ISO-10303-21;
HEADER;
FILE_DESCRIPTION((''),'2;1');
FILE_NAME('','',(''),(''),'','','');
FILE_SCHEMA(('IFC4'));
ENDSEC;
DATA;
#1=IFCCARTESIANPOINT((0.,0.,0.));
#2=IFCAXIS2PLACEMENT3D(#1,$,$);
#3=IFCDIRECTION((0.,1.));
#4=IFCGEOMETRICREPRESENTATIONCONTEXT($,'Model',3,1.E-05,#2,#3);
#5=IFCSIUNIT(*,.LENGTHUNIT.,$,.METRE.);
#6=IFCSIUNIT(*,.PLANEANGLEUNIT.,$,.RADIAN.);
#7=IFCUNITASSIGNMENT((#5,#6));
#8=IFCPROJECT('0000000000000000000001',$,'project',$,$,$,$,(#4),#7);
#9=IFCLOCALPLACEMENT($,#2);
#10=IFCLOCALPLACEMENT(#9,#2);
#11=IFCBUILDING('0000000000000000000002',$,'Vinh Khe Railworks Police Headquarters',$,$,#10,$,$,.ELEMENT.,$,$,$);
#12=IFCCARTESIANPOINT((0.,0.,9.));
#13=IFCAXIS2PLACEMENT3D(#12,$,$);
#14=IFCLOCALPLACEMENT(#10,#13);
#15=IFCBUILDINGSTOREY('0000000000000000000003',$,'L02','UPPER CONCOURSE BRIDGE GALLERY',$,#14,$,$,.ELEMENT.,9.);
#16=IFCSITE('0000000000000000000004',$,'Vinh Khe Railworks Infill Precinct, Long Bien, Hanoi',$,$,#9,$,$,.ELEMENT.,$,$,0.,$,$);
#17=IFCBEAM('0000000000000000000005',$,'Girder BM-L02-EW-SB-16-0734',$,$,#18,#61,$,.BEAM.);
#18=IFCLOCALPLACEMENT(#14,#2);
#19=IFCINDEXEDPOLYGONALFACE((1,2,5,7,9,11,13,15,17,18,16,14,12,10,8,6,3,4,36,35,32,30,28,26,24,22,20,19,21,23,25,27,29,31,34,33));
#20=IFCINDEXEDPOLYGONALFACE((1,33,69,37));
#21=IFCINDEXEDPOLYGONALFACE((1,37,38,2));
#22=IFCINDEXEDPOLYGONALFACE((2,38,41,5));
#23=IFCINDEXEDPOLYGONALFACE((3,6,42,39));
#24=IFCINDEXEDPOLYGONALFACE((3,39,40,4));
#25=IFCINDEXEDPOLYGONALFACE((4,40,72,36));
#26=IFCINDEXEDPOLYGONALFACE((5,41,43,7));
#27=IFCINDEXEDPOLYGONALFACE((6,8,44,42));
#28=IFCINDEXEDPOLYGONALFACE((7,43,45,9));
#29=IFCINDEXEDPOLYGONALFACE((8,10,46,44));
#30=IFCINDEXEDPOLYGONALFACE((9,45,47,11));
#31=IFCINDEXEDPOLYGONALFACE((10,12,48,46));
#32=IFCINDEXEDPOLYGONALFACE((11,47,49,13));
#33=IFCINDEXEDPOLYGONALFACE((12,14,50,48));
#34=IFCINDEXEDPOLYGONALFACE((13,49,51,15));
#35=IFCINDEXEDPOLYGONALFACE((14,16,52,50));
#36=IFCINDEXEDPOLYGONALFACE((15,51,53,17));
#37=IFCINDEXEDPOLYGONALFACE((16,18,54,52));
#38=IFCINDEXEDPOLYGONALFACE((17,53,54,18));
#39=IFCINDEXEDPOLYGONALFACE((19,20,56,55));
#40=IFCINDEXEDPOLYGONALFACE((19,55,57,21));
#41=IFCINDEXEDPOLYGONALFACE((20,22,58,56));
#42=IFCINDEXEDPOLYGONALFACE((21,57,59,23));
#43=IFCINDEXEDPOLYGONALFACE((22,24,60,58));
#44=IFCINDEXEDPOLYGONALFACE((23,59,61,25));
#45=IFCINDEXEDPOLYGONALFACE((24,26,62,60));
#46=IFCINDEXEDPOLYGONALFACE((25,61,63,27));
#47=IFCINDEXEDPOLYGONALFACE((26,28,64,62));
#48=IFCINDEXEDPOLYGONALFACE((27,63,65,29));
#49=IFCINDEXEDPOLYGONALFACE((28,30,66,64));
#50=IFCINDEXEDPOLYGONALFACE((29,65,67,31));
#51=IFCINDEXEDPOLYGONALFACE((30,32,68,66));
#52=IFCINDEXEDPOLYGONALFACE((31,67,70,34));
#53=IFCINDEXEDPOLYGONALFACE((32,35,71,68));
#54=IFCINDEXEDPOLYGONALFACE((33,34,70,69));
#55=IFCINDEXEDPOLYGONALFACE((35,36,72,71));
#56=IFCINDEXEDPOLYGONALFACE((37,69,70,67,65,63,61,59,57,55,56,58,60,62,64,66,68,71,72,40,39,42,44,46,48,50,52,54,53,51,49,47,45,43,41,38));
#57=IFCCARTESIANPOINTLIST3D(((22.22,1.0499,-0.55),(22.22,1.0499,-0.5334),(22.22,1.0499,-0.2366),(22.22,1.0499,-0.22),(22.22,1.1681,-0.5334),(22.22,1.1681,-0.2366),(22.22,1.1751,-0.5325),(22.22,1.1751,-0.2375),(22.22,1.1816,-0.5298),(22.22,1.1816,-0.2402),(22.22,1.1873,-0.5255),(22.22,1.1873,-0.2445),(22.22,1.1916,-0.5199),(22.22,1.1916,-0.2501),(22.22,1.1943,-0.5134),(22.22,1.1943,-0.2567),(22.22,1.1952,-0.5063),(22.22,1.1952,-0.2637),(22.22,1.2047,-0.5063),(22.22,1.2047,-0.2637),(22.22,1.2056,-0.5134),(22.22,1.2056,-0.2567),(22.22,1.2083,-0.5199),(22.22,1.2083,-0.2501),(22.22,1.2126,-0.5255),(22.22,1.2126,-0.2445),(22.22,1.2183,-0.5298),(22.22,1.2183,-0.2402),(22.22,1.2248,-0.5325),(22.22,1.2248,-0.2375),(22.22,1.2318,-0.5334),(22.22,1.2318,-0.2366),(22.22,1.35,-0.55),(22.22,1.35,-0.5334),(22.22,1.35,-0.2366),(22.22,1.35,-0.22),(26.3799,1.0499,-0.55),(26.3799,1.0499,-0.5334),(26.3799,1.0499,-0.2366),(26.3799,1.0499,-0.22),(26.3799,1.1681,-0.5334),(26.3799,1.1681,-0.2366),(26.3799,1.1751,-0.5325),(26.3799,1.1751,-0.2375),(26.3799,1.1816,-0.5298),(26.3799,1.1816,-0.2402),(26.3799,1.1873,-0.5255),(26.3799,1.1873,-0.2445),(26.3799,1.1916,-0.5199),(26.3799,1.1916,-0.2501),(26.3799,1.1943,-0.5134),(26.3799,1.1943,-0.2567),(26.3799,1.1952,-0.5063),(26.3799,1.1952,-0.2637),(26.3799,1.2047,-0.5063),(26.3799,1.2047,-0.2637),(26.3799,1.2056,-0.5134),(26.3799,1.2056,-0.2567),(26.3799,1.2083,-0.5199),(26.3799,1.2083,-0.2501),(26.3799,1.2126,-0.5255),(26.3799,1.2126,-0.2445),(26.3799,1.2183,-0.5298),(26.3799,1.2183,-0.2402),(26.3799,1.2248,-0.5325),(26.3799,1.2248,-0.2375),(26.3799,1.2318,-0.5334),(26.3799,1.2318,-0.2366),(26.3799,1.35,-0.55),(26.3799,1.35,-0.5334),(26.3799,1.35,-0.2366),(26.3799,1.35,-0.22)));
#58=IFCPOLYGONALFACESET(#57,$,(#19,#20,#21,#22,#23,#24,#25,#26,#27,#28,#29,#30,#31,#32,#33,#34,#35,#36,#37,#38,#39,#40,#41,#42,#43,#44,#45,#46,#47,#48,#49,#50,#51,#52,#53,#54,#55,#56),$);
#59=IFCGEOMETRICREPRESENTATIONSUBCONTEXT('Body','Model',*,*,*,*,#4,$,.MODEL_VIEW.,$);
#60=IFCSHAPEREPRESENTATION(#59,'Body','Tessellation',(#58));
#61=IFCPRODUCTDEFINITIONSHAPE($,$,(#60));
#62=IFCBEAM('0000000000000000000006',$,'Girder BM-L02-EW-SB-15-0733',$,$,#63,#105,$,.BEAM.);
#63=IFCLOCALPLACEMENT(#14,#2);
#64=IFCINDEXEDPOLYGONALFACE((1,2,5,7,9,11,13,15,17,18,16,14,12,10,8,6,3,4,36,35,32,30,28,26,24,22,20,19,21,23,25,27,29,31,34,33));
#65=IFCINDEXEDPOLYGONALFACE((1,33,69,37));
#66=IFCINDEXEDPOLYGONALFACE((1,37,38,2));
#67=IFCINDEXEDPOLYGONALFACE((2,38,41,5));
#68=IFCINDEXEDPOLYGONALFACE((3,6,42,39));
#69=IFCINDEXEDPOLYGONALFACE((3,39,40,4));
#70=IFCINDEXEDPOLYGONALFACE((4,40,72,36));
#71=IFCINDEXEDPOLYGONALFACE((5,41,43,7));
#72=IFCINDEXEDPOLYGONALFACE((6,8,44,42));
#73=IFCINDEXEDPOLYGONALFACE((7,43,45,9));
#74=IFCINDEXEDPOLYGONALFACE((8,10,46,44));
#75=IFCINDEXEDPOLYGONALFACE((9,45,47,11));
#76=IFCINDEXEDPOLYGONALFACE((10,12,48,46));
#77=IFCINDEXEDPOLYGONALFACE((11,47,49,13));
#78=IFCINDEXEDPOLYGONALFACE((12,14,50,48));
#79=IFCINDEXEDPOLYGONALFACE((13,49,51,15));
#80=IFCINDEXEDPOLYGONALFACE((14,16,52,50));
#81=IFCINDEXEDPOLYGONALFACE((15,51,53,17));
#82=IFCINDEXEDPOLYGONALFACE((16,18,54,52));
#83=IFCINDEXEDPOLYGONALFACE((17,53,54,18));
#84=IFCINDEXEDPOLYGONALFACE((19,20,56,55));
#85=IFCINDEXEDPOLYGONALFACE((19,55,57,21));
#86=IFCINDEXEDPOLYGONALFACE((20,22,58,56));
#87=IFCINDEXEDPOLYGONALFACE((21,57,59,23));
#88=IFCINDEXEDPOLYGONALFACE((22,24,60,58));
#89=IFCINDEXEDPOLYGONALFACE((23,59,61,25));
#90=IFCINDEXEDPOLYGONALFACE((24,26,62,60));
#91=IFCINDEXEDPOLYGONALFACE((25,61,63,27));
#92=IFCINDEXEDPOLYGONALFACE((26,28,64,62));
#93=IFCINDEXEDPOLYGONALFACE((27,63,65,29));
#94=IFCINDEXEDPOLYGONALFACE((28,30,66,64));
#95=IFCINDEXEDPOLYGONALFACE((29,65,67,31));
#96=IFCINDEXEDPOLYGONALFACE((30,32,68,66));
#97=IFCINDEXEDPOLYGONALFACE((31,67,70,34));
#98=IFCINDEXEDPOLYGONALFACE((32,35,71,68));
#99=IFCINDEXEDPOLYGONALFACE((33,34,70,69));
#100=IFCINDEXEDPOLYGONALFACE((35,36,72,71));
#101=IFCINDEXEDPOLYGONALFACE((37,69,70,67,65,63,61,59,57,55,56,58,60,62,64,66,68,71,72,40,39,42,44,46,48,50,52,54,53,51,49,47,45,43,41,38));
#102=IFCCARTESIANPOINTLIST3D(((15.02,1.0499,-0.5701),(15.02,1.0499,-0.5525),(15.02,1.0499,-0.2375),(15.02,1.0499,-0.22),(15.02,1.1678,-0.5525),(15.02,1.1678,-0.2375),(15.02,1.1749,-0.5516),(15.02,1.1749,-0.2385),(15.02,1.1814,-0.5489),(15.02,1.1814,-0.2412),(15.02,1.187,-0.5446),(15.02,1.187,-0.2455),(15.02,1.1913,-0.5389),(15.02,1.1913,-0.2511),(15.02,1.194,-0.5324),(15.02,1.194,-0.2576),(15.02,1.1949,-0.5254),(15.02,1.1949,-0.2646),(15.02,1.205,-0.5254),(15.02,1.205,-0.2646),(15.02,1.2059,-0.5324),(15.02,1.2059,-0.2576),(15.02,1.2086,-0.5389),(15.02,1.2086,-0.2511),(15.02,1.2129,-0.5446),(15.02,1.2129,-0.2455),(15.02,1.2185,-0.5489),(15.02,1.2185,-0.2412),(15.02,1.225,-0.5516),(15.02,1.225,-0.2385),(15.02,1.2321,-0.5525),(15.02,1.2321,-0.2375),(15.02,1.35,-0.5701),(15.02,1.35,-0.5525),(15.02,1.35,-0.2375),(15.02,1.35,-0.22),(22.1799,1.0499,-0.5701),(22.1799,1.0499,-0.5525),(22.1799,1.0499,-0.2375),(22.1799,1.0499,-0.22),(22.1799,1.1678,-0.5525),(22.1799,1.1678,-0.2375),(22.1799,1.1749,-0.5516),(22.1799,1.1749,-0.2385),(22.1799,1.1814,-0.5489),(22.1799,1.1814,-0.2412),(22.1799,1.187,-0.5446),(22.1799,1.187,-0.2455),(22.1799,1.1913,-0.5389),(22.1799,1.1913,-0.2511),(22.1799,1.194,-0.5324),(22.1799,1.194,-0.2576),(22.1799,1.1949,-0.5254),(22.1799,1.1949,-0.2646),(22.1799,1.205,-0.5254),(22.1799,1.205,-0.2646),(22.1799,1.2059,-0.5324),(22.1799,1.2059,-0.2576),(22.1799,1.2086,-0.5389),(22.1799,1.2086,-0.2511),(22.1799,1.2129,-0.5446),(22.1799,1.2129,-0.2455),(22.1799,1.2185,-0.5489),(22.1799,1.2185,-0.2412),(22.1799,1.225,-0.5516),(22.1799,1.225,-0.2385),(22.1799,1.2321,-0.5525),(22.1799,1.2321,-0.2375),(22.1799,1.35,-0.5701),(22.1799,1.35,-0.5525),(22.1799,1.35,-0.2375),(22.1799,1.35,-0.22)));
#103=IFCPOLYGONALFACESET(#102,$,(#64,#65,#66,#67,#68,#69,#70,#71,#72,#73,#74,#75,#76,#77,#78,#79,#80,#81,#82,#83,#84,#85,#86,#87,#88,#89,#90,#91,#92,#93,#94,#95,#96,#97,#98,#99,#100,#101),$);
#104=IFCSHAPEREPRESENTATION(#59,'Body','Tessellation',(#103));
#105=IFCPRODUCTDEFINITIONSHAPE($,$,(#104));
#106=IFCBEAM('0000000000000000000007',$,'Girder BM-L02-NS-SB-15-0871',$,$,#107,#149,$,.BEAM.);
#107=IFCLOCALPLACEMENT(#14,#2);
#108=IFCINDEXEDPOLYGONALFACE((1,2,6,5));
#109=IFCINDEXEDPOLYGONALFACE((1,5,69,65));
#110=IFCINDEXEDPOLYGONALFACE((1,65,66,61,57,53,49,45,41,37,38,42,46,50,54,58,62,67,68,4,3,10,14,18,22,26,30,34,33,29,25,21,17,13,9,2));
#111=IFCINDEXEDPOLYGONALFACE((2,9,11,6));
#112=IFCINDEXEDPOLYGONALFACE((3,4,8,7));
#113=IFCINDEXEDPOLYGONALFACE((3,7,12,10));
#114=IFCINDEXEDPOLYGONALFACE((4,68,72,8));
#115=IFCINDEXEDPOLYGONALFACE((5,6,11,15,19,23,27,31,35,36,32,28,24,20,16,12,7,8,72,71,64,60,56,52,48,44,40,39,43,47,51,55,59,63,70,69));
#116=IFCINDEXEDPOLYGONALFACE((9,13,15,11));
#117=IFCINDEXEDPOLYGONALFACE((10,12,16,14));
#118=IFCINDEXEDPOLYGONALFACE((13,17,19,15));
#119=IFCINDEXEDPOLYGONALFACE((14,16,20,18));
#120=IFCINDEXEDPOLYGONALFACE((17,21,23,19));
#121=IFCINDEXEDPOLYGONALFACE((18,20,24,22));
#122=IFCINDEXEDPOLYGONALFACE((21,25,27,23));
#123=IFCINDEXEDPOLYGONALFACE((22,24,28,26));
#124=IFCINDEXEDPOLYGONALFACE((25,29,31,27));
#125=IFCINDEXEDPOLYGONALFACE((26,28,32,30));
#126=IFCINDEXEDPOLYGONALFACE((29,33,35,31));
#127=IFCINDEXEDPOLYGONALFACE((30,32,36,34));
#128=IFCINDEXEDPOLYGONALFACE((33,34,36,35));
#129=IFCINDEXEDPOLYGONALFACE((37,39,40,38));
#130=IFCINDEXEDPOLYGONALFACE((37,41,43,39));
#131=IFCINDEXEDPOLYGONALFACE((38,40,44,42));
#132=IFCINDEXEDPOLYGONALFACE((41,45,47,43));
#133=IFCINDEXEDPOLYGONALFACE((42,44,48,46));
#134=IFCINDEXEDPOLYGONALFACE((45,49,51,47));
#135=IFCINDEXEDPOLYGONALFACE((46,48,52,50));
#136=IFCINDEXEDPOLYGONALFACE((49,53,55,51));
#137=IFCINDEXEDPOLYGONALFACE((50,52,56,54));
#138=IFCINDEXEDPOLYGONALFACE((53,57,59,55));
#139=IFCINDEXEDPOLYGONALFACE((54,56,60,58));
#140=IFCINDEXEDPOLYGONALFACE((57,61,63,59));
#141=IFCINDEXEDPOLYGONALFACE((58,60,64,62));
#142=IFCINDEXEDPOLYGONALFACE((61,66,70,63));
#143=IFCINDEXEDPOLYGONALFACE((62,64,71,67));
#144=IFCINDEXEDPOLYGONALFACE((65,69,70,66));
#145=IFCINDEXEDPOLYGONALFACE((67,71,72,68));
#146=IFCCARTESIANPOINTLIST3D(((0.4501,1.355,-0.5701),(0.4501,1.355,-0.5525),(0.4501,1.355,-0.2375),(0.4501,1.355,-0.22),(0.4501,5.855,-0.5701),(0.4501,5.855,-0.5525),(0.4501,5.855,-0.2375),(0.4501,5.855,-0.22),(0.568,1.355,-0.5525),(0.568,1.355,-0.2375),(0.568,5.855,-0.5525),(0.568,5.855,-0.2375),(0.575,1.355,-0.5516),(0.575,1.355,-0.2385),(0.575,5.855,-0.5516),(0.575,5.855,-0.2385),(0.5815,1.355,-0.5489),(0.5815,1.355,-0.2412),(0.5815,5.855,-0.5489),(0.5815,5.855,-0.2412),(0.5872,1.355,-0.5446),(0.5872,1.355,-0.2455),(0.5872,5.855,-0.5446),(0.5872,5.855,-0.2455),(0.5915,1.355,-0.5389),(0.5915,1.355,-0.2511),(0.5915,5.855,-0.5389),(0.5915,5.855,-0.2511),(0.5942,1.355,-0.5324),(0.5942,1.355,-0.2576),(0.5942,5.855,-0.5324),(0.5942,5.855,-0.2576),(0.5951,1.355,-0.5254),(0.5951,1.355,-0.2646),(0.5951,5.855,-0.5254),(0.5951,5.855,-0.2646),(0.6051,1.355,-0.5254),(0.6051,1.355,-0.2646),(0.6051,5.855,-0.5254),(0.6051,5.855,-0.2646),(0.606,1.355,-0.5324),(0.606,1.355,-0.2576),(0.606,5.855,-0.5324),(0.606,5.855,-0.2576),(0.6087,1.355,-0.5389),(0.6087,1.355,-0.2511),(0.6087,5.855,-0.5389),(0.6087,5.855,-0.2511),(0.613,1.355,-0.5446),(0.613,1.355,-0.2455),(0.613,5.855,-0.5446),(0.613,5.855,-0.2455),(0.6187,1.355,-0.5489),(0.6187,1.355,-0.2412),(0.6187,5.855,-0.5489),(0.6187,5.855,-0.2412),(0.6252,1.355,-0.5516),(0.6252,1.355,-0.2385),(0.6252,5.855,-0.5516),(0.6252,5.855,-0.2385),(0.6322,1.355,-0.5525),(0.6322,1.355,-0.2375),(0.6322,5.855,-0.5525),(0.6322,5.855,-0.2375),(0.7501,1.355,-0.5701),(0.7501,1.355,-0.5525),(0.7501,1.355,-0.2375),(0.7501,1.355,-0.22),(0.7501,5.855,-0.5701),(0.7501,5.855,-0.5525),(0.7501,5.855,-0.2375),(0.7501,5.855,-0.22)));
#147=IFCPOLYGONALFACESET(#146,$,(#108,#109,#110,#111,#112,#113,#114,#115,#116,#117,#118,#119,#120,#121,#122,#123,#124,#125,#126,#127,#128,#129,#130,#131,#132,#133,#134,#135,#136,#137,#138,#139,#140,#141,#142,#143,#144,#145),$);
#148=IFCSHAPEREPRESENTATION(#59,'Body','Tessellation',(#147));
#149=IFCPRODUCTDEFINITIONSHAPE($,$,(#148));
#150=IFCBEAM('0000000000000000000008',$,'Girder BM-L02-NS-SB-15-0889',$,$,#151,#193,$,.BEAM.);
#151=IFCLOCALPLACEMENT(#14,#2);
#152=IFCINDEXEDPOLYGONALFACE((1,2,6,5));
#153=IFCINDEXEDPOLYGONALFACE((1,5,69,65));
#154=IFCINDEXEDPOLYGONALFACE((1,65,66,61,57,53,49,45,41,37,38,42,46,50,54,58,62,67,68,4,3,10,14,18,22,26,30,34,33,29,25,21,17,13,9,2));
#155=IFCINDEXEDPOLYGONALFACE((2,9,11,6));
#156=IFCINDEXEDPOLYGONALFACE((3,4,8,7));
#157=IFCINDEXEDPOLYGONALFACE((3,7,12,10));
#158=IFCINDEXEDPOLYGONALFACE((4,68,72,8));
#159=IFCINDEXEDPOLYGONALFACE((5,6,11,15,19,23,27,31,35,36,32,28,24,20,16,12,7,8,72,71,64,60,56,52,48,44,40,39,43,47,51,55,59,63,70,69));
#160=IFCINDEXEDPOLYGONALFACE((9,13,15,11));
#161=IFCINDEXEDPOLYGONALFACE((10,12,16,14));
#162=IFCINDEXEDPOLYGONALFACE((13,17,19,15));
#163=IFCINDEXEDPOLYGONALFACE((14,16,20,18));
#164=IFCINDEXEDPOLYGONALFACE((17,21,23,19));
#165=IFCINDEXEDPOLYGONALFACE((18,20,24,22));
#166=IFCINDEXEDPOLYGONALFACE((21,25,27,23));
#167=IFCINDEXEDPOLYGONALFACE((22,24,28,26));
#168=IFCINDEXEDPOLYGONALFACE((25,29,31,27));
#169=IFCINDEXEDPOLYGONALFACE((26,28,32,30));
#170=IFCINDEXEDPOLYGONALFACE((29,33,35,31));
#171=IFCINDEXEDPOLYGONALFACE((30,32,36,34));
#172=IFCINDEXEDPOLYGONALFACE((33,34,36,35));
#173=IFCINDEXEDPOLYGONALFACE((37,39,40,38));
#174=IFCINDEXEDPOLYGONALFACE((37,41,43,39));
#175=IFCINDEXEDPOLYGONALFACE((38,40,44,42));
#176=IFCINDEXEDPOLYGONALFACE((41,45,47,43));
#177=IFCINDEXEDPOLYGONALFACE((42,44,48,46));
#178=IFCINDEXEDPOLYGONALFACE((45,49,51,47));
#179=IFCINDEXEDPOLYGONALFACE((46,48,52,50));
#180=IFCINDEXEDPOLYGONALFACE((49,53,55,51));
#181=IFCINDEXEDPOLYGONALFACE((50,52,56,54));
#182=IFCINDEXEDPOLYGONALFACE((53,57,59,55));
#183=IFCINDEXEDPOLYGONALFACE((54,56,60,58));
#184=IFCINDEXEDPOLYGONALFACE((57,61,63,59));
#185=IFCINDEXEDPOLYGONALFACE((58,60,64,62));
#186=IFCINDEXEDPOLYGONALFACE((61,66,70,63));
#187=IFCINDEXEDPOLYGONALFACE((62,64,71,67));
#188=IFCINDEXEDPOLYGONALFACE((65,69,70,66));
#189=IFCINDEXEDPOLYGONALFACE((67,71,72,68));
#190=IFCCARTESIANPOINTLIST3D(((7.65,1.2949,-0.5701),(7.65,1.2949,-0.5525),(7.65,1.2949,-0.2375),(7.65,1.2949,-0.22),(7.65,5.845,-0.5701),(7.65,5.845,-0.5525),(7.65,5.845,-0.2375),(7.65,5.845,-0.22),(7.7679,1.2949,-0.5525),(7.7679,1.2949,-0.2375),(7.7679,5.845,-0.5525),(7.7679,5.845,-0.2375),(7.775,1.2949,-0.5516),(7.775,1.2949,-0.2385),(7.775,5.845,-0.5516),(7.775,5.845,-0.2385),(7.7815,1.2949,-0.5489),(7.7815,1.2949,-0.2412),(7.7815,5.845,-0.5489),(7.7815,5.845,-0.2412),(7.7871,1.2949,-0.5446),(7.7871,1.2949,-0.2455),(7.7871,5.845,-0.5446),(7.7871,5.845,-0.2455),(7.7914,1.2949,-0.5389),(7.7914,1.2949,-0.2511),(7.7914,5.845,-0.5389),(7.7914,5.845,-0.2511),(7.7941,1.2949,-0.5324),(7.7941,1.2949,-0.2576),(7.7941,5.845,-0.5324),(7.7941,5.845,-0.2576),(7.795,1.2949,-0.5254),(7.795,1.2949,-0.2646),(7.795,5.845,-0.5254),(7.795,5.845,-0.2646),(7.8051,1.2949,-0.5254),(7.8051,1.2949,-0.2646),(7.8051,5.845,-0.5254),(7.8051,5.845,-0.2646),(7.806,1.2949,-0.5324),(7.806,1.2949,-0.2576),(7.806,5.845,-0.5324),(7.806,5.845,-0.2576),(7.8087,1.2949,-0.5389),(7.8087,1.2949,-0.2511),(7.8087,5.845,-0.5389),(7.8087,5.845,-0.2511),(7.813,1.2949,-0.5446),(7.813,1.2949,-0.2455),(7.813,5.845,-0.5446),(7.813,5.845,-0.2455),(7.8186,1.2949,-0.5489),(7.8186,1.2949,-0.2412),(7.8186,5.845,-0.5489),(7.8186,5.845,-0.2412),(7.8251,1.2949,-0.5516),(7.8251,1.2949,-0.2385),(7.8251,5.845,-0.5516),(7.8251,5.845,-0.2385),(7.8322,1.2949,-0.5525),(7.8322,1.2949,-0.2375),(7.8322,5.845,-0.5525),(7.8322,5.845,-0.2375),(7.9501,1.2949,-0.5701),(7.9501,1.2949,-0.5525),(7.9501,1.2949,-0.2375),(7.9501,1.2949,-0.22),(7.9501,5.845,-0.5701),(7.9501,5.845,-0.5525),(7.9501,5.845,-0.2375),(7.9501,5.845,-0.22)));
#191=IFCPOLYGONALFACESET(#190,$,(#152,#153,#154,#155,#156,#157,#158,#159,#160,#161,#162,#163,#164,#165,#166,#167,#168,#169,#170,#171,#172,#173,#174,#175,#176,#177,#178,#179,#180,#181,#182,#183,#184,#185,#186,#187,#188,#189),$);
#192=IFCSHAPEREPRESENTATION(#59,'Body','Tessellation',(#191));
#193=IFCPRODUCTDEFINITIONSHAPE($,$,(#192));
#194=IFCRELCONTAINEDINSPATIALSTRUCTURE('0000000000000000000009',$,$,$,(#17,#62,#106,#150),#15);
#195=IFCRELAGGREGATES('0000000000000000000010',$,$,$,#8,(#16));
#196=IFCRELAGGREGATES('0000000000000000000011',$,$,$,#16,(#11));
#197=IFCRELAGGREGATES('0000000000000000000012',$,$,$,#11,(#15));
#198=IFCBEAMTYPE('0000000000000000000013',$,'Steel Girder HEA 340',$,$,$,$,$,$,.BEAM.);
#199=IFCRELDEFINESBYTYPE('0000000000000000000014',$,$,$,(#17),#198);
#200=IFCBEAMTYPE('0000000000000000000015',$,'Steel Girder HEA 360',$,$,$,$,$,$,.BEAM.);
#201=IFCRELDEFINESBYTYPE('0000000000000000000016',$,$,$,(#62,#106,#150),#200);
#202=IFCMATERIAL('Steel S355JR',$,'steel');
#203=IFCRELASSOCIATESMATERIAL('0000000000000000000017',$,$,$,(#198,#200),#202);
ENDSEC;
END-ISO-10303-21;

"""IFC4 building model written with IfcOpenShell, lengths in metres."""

from ifc_helpers import new_model, si_unit, direction, frame, origin, origin_2d, place, context, subcontext, project, spatial, i_section, extrude, material, material_profile, profile_set, type_object, element, save


model = new_model("IFC4")

# Units and contexts
model_context = context("Model", 3, precision=1e-05, world=origin(), true_north=direction((0.0, 1.0)))
body_context = subcontext(model_context, "Body", "Model", "MODEL_VIEW")
ifc_project = project(units=[si_unit("LENGTHUNIT", "METRE"), si_unit("PLANEANGLEUNIT", "RADIAN")], contexts=[model_context])

# Site, building, storey
site_placement = place(None, origin())
site = spatial("IfcSite", under=ifc_project, at=site_placement, Name="Vinh Khe Railworks Infill Precinct, Long Bien, Hanoi", CompositionType="ELEMENT", RefElevation=0.0)
building_placement = place(site_placement, origin())
building = spatial("IfcBuilding", under=site, at=building_placement, Name="Vinh Khe Railworks Police Headquarters", CompositionType="ELEMENT")
storey_placement = place(building_placement, frame((0.0, 0.0, 9.0)))
storey = spatial("IfcBuildingStorey", under=building, at=storey_placement, Name="L02", Description="UPPER CONCOURSE BRIDGE GALLERY", CompositionType="ELEMENT", Elevation=9.0)

# Beams
ifc_material_1 = material(Name="Steel S355JR", Category="steel")
ifc_material_profile_1 = material_profile(ifc_material_1, i_section(OverallWidth=0.3, OverallDepth=0.3301, WebThickness=0.0095, FlangeThickness=0.0166, FilletRadius=0.0271, at=origin_2d()), Name="HEA 340")
ifc_profile_set_1 = profile_set([ifc_material_profile_1], Name="Steel S355JR")
beam_type_1 = type_object("IfcBeamType", Name="Steel Girder HEA 340", PredefinedType="BEAM", material=ifc_profile_set_1)
beam_1_placement = place(storey_placement, frame((22.22, 1.2, -0.385), z_axis=(1.0, 0.0, 0.0), x_axis=(0.0, 1.0, 0.0)))
element("IfcBeam", 1, at=beam_1_placement, inside=storey, type_object=beam_type_1, Name="Girder BM-L02-EW-SB-16-0734", PredefinedType="BEAM", context=body_context, shape_type="SweptSolid", body=[
    extrude(i_section(OverallWidth=0.3, OverallDepth=0.3301, WebThickness=0.0095, FlangeThickness=0.0166, FilletRadius=0.0271, at=origin_2d()), origin(), (0.0, 0.0, 1.0), 4.1599),
])
ifc_material_profile_2 = material_profile(ifc_material_1, i_section(OverallWidth=0.3, OverallDepth=0.3501, WebThickness=0.01, FlangeThickness=0.0176, FilletRadius=0.0271, at=origin_2d()), Name="HEA 360")
ifc_profile_set_2 = profile_set([ifc_material_profile_2], Name="Steel S355JR")
beam_type_2 = type_object("IfcBeamType", Name="Steel Girder HEA 360", PredefinedType="BEAM", material=ifc_profile_set_2)
beam_2_placement = place(storey_placement, frame((15.02, 1.2, -0.395), z_axis=(1.0, 0.0, 0.0), x_axis=(0.0, 1.0, 0.0)))
element("IfcBeam", 2, at=beam_2_placement, inside=storey, type_object=beam_type_2, Name="Girder BM-L02-EW-SB-15-0733", PredefinedType="BEAM", context=body_context, shape_type="SweptSolid", body=[
    extrude(i_section(OverallWidth=0.3, OverallDepth=0.3501, WebThickness=0.01, FlangeThickness=0.0176, FilletRadius=0.0271, at=origin_2d()), origin(), (0.0, 0.0, 1.0), 7.1599),
])
beam_3_placement = place(storey_placement, frame((0.6001, 1.355, -0.395), z_axis=(0.0, 1.0, 0.0), x_axis=(-1.0, 0.0, 0.0)))
element("IfcBeam", 3, at=beam_3_placement, inside=storey, type_object=beam_type_2, Name="Girder BM-L02-NS-SB-15-0871", PredefinedType="BEAM", context=body_context, shape_type="SweptSolid", body=[
    extrude(i_section(OverallWidth=0.3, OverallDepth=0.3501, WebThickness=0.01, FlangeThickness=0.0176, FilletRadius=0.0271, at=origin_2d()), origin(), (0.0, 0.0, 1.0), 4.5),
])
beam_4_placement = place(storey_placement, frame((7.8, 1.2949, -0.395), z_axis=(0.0, 1.0, 0.0), x_axis=(-1.0, 0.0, 0.0)))
element("IfcBeam", 4, at=beam_4_placement, inside=storey, type_object=beam_type_2, Name="Girder BM-L02-NS-SB-15-0889", PredefinedType="BEAM", context=body_context, shape_type="SweptSolid", body=[
    extrude(i_section(OverallWidth=0.3, OverallDepth=0.3501, WebThickness=0.01, FlangeThickness=0.0176, FilletRadius=0.0271, at=origin_2d()), origin(), (0.0, 0.0, 1.0), 4.55),
])

save(model, "model.ifc")
